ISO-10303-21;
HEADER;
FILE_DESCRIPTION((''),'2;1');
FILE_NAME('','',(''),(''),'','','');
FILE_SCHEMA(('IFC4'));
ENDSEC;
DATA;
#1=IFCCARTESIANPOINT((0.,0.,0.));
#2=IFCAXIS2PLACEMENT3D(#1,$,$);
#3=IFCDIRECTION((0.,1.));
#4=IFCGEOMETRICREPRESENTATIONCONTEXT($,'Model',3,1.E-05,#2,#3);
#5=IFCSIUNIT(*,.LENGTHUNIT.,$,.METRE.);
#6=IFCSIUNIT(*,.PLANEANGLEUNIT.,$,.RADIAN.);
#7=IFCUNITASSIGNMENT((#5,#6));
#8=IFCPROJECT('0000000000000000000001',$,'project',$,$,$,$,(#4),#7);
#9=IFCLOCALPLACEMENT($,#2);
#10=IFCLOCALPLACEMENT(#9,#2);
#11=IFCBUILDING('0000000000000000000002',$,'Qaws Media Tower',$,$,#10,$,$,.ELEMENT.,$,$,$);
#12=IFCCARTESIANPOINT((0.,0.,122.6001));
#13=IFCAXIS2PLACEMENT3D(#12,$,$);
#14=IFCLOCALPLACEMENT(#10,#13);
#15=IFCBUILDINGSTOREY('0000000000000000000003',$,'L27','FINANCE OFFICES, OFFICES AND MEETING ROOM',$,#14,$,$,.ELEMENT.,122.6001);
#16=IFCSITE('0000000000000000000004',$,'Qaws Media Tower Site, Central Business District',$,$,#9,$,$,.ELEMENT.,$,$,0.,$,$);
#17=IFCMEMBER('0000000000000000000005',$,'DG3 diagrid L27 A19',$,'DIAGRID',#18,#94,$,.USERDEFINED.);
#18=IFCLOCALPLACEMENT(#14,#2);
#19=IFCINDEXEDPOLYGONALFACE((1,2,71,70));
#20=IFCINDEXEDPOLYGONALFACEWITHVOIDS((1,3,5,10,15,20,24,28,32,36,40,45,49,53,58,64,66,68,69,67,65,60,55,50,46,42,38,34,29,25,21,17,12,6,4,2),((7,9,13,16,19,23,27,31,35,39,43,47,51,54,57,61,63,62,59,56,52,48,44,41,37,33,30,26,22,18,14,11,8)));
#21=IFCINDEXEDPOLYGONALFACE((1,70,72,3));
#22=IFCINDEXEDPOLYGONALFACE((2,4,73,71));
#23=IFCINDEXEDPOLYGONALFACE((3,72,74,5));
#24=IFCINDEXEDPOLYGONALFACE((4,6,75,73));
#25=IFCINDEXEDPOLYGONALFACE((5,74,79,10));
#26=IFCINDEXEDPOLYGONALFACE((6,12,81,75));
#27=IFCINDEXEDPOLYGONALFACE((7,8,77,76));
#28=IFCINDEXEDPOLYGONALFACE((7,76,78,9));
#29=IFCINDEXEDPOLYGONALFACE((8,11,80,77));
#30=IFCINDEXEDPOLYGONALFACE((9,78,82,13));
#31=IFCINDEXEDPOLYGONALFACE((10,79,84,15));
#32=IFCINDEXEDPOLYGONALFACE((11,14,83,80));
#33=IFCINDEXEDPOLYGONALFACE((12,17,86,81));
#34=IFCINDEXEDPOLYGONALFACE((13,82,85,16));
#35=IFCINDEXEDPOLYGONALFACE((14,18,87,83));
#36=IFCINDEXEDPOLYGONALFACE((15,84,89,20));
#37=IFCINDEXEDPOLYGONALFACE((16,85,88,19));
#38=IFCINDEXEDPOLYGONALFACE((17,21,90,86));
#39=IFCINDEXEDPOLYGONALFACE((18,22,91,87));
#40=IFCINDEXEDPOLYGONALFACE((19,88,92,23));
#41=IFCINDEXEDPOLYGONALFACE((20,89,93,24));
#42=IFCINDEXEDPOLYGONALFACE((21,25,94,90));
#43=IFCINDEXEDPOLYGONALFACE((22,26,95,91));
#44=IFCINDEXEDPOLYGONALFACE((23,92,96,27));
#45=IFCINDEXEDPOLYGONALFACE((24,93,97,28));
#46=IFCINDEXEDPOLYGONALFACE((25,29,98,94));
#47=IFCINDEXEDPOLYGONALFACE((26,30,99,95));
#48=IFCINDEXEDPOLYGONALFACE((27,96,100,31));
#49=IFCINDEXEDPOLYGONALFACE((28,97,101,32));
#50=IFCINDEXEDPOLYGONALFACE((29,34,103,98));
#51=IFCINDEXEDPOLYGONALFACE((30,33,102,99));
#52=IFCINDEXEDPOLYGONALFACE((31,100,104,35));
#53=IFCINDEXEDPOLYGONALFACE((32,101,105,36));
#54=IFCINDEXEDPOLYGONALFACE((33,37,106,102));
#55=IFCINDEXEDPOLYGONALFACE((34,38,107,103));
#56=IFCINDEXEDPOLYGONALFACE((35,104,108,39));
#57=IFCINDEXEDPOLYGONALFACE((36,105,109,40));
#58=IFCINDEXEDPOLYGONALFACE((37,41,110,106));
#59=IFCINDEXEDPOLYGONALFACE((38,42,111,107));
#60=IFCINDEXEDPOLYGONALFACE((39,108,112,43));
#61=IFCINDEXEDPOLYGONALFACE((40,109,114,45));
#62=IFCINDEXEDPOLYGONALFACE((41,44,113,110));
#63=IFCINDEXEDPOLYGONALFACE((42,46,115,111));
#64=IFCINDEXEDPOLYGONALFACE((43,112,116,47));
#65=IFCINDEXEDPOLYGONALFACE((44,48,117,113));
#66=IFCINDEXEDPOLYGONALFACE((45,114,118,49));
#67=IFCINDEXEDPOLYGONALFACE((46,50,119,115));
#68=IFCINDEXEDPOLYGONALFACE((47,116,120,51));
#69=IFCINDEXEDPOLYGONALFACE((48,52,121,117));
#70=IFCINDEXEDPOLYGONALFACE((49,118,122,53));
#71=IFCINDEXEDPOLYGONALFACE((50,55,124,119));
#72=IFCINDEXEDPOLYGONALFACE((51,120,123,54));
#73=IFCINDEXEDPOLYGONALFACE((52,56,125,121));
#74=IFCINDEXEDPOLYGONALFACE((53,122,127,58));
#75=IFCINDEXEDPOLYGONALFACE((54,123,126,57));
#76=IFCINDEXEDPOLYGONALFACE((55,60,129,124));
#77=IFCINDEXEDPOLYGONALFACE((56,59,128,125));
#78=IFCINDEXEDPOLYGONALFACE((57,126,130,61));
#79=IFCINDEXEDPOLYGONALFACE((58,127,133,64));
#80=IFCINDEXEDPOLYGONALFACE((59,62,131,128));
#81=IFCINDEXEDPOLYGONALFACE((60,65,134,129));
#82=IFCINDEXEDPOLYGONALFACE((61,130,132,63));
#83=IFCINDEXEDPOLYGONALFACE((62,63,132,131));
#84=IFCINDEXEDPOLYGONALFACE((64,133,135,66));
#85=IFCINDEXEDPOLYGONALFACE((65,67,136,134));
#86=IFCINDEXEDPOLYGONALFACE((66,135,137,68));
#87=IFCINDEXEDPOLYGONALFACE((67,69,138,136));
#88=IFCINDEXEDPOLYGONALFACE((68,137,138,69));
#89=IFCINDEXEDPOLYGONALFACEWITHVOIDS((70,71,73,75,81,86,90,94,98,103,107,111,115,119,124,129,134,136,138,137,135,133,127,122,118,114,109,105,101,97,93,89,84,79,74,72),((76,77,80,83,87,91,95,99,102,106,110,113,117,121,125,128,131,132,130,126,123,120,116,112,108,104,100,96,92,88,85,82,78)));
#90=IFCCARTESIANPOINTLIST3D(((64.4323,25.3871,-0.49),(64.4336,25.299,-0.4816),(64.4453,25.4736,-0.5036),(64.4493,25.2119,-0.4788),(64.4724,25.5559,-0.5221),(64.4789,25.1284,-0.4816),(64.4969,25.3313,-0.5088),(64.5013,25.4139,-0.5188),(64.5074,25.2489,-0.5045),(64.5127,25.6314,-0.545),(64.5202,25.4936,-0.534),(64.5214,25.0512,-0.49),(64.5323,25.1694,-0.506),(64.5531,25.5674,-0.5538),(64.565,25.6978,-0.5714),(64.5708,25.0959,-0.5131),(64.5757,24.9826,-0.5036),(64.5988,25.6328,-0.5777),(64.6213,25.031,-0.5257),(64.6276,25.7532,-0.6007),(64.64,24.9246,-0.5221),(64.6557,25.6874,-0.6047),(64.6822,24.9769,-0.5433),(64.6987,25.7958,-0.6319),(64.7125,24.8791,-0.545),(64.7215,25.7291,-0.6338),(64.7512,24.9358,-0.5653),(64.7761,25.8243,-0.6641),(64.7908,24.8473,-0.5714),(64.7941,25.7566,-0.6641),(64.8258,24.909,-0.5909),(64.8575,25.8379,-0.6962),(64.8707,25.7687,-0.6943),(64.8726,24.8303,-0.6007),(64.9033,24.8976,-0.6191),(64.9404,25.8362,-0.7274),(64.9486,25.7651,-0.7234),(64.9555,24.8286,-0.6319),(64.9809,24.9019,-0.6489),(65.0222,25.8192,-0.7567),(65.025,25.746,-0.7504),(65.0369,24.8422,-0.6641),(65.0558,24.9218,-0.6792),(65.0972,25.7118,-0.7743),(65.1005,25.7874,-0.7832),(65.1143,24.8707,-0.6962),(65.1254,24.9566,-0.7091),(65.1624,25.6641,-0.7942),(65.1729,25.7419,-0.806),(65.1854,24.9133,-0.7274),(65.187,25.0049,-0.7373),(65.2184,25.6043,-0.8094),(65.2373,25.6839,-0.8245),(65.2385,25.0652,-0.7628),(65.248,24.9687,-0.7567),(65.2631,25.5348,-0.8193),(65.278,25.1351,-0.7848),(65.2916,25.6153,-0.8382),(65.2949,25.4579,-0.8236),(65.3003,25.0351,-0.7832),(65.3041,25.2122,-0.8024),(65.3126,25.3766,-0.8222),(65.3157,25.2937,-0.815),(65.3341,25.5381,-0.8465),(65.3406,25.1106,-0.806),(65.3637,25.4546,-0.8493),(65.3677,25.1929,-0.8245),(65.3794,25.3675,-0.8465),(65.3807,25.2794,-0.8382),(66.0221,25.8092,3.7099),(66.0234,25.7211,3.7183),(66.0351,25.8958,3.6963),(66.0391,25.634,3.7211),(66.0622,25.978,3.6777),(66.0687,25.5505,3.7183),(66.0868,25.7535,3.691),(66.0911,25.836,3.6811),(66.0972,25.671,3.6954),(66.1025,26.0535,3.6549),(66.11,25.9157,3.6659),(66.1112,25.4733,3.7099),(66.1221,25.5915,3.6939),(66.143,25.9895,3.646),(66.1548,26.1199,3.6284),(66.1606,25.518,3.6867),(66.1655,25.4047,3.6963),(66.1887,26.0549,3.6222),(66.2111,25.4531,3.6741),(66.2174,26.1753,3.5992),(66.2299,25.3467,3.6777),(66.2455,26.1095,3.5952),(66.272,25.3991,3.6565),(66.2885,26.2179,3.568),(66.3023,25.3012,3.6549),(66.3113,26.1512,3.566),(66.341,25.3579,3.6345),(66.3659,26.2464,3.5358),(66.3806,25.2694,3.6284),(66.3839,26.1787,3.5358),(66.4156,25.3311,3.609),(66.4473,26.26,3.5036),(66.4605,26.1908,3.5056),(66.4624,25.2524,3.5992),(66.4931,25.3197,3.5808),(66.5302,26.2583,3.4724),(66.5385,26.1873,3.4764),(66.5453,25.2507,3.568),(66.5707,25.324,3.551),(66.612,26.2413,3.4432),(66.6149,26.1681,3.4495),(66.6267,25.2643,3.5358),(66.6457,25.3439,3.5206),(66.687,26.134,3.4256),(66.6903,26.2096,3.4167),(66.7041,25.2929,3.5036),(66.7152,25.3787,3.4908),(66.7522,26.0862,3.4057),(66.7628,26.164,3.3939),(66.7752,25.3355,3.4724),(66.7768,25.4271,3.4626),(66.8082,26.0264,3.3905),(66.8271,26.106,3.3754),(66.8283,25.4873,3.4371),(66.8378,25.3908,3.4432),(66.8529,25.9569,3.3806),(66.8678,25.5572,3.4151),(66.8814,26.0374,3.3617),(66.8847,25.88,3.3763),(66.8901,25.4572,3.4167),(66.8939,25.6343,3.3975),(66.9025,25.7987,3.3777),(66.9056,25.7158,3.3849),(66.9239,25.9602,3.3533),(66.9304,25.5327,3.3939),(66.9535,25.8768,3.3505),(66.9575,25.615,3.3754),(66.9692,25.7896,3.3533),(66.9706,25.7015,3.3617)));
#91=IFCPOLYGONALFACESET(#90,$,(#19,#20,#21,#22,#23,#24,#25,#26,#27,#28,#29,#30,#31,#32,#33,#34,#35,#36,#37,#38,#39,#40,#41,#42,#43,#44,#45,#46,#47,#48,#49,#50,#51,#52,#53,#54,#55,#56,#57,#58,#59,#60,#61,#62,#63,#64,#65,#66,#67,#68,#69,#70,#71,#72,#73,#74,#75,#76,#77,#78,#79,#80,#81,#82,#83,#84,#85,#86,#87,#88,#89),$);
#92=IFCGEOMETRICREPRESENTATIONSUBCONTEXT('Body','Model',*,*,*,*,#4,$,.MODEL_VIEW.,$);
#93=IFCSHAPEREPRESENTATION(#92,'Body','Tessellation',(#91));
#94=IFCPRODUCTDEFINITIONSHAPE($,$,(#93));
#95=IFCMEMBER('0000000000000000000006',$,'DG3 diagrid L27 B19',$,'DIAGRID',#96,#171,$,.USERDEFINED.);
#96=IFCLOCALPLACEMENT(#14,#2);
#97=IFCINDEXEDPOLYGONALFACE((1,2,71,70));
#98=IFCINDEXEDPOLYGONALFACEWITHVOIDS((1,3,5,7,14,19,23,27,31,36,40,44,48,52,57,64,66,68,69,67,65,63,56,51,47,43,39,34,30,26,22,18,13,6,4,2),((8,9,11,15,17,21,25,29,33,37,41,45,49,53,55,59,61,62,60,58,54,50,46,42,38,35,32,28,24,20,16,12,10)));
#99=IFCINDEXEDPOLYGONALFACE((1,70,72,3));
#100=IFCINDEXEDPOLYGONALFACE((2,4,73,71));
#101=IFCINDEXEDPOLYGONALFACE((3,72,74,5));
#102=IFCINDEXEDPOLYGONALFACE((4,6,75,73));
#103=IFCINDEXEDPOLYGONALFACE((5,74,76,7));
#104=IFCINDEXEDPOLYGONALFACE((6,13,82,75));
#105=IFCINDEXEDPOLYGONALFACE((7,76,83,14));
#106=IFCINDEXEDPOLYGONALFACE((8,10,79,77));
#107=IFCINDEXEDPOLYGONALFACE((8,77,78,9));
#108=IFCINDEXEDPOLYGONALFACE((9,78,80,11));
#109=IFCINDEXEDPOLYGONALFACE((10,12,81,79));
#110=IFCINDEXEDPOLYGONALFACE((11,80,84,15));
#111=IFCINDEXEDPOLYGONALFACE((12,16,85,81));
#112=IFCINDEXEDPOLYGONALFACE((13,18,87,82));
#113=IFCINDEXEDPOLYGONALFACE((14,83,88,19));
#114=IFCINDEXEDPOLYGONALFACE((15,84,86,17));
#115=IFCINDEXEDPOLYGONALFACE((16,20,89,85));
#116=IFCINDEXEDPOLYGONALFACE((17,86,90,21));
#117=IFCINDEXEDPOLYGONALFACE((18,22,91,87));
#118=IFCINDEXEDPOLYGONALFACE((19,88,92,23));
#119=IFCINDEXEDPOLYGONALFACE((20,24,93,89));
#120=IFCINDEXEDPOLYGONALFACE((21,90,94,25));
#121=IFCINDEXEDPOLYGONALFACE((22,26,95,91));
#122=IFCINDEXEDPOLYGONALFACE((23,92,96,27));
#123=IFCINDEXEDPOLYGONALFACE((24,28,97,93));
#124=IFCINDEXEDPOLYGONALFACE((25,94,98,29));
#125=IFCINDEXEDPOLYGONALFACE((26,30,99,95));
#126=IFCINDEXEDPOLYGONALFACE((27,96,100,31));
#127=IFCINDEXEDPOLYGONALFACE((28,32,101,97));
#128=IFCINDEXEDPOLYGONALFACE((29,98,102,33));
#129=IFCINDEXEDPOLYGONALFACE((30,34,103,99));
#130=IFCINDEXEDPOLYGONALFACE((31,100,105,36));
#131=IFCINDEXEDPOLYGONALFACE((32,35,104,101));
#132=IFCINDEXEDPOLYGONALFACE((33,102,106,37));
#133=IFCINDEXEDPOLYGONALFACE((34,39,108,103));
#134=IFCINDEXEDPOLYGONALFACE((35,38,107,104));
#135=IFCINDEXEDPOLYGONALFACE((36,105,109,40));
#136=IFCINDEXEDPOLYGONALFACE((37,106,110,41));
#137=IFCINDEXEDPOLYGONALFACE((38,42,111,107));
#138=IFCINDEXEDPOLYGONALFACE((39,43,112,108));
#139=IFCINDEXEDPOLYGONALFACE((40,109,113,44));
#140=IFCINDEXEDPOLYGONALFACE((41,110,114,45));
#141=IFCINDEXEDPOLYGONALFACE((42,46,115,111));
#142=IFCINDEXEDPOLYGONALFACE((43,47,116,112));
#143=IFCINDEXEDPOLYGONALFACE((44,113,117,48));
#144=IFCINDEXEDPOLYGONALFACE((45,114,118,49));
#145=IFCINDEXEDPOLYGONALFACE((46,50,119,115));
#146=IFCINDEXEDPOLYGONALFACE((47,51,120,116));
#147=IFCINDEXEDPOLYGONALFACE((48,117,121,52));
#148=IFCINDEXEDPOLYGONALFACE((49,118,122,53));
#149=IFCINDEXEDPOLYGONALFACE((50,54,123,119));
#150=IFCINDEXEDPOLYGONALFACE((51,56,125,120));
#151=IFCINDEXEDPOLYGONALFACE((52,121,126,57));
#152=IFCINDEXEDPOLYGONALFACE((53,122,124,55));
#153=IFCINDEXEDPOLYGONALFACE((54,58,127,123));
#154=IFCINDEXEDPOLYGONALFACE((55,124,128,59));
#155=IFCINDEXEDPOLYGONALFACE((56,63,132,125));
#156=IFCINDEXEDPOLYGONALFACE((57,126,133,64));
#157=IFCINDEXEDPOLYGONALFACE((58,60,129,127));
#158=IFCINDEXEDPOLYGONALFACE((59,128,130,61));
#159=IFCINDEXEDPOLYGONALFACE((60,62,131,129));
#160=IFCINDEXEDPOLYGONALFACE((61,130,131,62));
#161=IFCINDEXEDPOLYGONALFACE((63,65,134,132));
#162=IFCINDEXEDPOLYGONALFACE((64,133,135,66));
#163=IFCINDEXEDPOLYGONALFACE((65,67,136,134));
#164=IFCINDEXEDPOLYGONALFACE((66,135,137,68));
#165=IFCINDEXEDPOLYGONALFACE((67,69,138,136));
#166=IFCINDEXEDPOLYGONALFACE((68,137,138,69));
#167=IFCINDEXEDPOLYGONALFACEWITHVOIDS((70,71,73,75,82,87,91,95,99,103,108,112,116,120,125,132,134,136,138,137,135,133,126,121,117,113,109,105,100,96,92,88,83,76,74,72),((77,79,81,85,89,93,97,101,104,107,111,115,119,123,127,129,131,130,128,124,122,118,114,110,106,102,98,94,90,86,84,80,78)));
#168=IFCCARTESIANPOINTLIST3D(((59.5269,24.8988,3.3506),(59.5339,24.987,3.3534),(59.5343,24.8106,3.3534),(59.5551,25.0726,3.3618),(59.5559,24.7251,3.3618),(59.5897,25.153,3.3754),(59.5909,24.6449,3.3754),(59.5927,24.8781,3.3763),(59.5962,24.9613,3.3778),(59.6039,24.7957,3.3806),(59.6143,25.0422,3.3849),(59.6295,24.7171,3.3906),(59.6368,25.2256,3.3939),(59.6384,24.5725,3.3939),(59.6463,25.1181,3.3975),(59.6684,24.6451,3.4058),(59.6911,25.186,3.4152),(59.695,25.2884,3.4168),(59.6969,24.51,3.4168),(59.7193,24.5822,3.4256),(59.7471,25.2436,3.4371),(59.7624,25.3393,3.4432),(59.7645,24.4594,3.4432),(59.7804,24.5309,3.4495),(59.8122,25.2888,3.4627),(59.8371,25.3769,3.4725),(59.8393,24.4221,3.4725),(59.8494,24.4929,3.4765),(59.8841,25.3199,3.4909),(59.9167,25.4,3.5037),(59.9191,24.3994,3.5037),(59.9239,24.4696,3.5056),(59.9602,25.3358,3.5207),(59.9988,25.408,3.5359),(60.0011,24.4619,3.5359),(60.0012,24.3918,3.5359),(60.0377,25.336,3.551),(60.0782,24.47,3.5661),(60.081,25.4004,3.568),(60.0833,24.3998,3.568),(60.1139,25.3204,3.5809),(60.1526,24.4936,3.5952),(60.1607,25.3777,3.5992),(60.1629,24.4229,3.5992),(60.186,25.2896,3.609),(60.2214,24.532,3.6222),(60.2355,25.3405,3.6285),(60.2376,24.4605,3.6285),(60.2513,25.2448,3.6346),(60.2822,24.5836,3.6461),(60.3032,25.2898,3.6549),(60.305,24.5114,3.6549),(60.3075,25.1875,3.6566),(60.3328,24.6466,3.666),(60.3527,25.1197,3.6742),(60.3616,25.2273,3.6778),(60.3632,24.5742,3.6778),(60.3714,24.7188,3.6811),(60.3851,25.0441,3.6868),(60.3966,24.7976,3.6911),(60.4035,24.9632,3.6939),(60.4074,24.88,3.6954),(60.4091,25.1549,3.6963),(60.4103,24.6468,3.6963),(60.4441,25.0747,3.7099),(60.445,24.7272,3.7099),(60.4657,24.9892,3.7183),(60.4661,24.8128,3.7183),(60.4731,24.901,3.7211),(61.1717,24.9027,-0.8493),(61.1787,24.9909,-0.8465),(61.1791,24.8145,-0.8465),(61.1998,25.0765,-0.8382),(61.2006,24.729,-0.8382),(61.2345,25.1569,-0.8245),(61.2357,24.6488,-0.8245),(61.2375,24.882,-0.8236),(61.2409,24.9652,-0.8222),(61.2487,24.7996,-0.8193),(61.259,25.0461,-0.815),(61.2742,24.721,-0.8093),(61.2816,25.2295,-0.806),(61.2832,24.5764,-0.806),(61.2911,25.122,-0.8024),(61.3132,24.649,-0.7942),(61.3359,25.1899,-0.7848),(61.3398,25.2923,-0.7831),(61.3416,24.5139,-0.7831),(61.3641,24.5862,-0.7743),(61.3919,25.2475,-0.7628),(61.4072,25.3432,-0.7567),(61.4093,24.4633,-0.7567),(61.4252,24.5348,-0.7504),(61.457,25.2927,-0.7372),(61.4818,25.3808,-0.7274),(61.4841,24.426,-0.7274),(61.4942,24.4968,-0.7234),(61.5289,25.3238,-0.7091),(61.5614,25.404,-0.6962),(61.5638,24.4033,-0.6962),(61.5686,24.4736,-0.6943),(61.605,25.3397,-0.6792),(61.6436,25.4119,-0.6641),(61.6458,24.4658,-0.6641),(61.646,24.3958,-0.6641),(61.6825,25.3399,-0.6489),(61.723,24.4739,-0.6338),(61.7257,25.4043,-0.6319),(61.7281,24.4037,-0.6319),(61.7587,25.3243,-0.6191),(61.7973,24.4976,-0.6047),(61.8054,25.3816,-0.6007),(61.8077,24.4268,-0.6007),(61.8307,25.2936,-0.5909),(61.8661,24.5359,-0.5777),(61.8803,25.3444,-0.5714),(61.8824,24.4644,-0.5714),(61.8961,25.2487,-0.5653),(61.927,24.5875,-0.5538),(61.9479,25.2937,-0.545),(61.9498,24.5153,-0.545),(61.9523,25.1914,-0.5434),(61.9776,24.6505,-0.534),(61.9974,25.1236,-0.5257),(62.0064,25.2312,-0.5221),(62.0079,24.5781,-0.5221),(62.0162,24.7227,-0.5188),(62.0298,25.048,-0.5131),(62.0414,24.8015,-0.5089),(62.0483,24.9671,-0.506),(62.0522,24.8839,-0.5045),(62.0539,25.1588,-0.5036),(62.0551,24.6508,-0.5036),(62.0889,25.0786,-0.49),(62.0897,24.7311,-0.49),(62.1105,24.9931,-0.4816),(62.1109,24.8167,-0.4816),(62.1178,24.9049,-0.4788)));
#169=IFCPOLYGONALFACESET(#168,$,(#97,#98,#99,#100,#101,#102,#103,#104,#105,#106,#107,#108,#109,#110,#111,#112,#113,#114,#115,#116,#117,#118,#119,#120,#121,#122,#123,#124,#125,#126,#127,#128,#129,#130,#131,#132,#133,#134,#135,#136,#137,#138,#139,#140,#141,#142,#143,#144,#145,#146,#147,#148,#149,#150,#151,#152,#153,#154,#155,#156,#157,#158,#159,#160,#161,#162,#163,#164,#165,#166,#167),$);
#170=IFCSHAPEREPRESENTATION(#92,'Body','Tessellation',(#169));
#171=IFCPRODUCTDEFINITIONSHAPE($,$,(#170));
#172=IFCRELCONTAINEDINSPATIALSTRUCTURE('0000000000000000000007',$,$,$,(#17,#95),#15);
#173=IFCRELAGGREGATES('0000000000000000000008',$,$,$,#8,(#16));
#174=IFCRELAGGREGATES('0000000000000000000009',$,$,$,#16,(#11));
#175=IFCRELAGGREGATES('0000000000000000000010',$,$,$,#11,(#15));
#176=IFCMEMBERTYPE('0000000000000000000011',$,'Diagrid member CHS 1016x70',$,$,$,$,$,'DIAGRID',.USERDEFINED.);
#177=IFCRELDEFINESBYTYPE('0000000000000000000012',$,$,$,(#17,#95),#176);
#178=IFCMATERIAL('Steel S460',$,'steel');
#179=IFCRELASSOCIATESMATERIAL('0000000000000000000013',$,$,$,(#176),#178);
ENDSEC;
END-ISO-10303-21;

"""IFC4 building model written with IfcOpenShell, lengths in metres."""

from ifc_helpers import new_model, si_unit, direction, frame, origin, origin_2d, place, context, subcontext, project, spatial, hollow_circle, extrude, material, material_profile, profile_set, type_object, element, save


model = new_model("IFC4")

# Units and contexts
model_context = context("Model", 3, precision=1e-05, world=origin(), true_north=direction((0.0, 1.0)))
body_context = subcontext(model_context, "Body", "Model", "MODEL_VIEW")
ifc_project = project(units=[si_unit("LENGTHUNIT", "METRE"), si_unit("PLANEANGLEUNIT", "RADIAN")], contexts=[model_context])

# Site, building, storey
site_placement = place(None, origin())
site = spatial("IfcSite", under=ifc_project, at=site_placement, Name="Qaws Media Tower Site, Central Business District", CompositionType="ELEMENT", RefElevation=0.0)
building_placement = place(site_placement, origin())
building = spatial("IfcBuilding", under=site, at=building_placement, Name="Qaws Media Tower", CompositionType="ELEMENT")
storey_placement = place(building_placement, frame((0.0, 0.0, 122.6001)))
storey = spatial("IfcBuildingStorey", under=building, at=storey_placement, Name="L27", Description="FINANCE OFFICES, OFFICES AND MEETING ROOM", CompositionType="ELEMENT", Elevation=122.6001)

# Members
ifc_material_1 = material(Name="Steel S460", Category="steel")
ifc_material_profile_1 = material_profile(ifc_material_1, hollow_circle(Radius=0.5081, WallThickness=0.0701, at=origin_2d()), Name="CHS 1016x70")
ifc_profile_set_1 = profile_set([ifc_material_profile_1], Name="Steel S460")
member_type_1 = type_object("IfcMemberType", Name="Diagrid member CHS 1016x70", ElementType="DIAGRID", PredefinedType="USERDEFINED", material=ifc_profile_set_1)
for number, where, z_axis, x_axis, name in (
    (1, (64.9065, 25.3333, -0.6641), (0.35247, 0.093584, 0.931132), (-0.256619, 0.966513, 0.0), "DG3 diagrid L27 A19"),
    (2, (61.6448, 24.9038, -0.6641), (-0.364652, -0.000866, 0.931143), (0.002375, -0.999997, 0.0), "DG3 diagrid L27 B19"),
):
    element("IfcMember", number, at=place(storey_placement, frame(where, z_axis=z_axis, x_axis=x_axis)), inside=storey, type_object=member_type_1, Name=name, ObjectType="DIAGRID", PredefinedType="USERDEFINED", context=body_context, shape_type="SweptSolid", body=[
        extrude(hollow_circle(Radius=0.5081, WallThickness=0.0701, at=origin_2d()), origin(), (0.0, 0.0, 1.0), 4.5105),
    ])

save(model, "model.ifc")
